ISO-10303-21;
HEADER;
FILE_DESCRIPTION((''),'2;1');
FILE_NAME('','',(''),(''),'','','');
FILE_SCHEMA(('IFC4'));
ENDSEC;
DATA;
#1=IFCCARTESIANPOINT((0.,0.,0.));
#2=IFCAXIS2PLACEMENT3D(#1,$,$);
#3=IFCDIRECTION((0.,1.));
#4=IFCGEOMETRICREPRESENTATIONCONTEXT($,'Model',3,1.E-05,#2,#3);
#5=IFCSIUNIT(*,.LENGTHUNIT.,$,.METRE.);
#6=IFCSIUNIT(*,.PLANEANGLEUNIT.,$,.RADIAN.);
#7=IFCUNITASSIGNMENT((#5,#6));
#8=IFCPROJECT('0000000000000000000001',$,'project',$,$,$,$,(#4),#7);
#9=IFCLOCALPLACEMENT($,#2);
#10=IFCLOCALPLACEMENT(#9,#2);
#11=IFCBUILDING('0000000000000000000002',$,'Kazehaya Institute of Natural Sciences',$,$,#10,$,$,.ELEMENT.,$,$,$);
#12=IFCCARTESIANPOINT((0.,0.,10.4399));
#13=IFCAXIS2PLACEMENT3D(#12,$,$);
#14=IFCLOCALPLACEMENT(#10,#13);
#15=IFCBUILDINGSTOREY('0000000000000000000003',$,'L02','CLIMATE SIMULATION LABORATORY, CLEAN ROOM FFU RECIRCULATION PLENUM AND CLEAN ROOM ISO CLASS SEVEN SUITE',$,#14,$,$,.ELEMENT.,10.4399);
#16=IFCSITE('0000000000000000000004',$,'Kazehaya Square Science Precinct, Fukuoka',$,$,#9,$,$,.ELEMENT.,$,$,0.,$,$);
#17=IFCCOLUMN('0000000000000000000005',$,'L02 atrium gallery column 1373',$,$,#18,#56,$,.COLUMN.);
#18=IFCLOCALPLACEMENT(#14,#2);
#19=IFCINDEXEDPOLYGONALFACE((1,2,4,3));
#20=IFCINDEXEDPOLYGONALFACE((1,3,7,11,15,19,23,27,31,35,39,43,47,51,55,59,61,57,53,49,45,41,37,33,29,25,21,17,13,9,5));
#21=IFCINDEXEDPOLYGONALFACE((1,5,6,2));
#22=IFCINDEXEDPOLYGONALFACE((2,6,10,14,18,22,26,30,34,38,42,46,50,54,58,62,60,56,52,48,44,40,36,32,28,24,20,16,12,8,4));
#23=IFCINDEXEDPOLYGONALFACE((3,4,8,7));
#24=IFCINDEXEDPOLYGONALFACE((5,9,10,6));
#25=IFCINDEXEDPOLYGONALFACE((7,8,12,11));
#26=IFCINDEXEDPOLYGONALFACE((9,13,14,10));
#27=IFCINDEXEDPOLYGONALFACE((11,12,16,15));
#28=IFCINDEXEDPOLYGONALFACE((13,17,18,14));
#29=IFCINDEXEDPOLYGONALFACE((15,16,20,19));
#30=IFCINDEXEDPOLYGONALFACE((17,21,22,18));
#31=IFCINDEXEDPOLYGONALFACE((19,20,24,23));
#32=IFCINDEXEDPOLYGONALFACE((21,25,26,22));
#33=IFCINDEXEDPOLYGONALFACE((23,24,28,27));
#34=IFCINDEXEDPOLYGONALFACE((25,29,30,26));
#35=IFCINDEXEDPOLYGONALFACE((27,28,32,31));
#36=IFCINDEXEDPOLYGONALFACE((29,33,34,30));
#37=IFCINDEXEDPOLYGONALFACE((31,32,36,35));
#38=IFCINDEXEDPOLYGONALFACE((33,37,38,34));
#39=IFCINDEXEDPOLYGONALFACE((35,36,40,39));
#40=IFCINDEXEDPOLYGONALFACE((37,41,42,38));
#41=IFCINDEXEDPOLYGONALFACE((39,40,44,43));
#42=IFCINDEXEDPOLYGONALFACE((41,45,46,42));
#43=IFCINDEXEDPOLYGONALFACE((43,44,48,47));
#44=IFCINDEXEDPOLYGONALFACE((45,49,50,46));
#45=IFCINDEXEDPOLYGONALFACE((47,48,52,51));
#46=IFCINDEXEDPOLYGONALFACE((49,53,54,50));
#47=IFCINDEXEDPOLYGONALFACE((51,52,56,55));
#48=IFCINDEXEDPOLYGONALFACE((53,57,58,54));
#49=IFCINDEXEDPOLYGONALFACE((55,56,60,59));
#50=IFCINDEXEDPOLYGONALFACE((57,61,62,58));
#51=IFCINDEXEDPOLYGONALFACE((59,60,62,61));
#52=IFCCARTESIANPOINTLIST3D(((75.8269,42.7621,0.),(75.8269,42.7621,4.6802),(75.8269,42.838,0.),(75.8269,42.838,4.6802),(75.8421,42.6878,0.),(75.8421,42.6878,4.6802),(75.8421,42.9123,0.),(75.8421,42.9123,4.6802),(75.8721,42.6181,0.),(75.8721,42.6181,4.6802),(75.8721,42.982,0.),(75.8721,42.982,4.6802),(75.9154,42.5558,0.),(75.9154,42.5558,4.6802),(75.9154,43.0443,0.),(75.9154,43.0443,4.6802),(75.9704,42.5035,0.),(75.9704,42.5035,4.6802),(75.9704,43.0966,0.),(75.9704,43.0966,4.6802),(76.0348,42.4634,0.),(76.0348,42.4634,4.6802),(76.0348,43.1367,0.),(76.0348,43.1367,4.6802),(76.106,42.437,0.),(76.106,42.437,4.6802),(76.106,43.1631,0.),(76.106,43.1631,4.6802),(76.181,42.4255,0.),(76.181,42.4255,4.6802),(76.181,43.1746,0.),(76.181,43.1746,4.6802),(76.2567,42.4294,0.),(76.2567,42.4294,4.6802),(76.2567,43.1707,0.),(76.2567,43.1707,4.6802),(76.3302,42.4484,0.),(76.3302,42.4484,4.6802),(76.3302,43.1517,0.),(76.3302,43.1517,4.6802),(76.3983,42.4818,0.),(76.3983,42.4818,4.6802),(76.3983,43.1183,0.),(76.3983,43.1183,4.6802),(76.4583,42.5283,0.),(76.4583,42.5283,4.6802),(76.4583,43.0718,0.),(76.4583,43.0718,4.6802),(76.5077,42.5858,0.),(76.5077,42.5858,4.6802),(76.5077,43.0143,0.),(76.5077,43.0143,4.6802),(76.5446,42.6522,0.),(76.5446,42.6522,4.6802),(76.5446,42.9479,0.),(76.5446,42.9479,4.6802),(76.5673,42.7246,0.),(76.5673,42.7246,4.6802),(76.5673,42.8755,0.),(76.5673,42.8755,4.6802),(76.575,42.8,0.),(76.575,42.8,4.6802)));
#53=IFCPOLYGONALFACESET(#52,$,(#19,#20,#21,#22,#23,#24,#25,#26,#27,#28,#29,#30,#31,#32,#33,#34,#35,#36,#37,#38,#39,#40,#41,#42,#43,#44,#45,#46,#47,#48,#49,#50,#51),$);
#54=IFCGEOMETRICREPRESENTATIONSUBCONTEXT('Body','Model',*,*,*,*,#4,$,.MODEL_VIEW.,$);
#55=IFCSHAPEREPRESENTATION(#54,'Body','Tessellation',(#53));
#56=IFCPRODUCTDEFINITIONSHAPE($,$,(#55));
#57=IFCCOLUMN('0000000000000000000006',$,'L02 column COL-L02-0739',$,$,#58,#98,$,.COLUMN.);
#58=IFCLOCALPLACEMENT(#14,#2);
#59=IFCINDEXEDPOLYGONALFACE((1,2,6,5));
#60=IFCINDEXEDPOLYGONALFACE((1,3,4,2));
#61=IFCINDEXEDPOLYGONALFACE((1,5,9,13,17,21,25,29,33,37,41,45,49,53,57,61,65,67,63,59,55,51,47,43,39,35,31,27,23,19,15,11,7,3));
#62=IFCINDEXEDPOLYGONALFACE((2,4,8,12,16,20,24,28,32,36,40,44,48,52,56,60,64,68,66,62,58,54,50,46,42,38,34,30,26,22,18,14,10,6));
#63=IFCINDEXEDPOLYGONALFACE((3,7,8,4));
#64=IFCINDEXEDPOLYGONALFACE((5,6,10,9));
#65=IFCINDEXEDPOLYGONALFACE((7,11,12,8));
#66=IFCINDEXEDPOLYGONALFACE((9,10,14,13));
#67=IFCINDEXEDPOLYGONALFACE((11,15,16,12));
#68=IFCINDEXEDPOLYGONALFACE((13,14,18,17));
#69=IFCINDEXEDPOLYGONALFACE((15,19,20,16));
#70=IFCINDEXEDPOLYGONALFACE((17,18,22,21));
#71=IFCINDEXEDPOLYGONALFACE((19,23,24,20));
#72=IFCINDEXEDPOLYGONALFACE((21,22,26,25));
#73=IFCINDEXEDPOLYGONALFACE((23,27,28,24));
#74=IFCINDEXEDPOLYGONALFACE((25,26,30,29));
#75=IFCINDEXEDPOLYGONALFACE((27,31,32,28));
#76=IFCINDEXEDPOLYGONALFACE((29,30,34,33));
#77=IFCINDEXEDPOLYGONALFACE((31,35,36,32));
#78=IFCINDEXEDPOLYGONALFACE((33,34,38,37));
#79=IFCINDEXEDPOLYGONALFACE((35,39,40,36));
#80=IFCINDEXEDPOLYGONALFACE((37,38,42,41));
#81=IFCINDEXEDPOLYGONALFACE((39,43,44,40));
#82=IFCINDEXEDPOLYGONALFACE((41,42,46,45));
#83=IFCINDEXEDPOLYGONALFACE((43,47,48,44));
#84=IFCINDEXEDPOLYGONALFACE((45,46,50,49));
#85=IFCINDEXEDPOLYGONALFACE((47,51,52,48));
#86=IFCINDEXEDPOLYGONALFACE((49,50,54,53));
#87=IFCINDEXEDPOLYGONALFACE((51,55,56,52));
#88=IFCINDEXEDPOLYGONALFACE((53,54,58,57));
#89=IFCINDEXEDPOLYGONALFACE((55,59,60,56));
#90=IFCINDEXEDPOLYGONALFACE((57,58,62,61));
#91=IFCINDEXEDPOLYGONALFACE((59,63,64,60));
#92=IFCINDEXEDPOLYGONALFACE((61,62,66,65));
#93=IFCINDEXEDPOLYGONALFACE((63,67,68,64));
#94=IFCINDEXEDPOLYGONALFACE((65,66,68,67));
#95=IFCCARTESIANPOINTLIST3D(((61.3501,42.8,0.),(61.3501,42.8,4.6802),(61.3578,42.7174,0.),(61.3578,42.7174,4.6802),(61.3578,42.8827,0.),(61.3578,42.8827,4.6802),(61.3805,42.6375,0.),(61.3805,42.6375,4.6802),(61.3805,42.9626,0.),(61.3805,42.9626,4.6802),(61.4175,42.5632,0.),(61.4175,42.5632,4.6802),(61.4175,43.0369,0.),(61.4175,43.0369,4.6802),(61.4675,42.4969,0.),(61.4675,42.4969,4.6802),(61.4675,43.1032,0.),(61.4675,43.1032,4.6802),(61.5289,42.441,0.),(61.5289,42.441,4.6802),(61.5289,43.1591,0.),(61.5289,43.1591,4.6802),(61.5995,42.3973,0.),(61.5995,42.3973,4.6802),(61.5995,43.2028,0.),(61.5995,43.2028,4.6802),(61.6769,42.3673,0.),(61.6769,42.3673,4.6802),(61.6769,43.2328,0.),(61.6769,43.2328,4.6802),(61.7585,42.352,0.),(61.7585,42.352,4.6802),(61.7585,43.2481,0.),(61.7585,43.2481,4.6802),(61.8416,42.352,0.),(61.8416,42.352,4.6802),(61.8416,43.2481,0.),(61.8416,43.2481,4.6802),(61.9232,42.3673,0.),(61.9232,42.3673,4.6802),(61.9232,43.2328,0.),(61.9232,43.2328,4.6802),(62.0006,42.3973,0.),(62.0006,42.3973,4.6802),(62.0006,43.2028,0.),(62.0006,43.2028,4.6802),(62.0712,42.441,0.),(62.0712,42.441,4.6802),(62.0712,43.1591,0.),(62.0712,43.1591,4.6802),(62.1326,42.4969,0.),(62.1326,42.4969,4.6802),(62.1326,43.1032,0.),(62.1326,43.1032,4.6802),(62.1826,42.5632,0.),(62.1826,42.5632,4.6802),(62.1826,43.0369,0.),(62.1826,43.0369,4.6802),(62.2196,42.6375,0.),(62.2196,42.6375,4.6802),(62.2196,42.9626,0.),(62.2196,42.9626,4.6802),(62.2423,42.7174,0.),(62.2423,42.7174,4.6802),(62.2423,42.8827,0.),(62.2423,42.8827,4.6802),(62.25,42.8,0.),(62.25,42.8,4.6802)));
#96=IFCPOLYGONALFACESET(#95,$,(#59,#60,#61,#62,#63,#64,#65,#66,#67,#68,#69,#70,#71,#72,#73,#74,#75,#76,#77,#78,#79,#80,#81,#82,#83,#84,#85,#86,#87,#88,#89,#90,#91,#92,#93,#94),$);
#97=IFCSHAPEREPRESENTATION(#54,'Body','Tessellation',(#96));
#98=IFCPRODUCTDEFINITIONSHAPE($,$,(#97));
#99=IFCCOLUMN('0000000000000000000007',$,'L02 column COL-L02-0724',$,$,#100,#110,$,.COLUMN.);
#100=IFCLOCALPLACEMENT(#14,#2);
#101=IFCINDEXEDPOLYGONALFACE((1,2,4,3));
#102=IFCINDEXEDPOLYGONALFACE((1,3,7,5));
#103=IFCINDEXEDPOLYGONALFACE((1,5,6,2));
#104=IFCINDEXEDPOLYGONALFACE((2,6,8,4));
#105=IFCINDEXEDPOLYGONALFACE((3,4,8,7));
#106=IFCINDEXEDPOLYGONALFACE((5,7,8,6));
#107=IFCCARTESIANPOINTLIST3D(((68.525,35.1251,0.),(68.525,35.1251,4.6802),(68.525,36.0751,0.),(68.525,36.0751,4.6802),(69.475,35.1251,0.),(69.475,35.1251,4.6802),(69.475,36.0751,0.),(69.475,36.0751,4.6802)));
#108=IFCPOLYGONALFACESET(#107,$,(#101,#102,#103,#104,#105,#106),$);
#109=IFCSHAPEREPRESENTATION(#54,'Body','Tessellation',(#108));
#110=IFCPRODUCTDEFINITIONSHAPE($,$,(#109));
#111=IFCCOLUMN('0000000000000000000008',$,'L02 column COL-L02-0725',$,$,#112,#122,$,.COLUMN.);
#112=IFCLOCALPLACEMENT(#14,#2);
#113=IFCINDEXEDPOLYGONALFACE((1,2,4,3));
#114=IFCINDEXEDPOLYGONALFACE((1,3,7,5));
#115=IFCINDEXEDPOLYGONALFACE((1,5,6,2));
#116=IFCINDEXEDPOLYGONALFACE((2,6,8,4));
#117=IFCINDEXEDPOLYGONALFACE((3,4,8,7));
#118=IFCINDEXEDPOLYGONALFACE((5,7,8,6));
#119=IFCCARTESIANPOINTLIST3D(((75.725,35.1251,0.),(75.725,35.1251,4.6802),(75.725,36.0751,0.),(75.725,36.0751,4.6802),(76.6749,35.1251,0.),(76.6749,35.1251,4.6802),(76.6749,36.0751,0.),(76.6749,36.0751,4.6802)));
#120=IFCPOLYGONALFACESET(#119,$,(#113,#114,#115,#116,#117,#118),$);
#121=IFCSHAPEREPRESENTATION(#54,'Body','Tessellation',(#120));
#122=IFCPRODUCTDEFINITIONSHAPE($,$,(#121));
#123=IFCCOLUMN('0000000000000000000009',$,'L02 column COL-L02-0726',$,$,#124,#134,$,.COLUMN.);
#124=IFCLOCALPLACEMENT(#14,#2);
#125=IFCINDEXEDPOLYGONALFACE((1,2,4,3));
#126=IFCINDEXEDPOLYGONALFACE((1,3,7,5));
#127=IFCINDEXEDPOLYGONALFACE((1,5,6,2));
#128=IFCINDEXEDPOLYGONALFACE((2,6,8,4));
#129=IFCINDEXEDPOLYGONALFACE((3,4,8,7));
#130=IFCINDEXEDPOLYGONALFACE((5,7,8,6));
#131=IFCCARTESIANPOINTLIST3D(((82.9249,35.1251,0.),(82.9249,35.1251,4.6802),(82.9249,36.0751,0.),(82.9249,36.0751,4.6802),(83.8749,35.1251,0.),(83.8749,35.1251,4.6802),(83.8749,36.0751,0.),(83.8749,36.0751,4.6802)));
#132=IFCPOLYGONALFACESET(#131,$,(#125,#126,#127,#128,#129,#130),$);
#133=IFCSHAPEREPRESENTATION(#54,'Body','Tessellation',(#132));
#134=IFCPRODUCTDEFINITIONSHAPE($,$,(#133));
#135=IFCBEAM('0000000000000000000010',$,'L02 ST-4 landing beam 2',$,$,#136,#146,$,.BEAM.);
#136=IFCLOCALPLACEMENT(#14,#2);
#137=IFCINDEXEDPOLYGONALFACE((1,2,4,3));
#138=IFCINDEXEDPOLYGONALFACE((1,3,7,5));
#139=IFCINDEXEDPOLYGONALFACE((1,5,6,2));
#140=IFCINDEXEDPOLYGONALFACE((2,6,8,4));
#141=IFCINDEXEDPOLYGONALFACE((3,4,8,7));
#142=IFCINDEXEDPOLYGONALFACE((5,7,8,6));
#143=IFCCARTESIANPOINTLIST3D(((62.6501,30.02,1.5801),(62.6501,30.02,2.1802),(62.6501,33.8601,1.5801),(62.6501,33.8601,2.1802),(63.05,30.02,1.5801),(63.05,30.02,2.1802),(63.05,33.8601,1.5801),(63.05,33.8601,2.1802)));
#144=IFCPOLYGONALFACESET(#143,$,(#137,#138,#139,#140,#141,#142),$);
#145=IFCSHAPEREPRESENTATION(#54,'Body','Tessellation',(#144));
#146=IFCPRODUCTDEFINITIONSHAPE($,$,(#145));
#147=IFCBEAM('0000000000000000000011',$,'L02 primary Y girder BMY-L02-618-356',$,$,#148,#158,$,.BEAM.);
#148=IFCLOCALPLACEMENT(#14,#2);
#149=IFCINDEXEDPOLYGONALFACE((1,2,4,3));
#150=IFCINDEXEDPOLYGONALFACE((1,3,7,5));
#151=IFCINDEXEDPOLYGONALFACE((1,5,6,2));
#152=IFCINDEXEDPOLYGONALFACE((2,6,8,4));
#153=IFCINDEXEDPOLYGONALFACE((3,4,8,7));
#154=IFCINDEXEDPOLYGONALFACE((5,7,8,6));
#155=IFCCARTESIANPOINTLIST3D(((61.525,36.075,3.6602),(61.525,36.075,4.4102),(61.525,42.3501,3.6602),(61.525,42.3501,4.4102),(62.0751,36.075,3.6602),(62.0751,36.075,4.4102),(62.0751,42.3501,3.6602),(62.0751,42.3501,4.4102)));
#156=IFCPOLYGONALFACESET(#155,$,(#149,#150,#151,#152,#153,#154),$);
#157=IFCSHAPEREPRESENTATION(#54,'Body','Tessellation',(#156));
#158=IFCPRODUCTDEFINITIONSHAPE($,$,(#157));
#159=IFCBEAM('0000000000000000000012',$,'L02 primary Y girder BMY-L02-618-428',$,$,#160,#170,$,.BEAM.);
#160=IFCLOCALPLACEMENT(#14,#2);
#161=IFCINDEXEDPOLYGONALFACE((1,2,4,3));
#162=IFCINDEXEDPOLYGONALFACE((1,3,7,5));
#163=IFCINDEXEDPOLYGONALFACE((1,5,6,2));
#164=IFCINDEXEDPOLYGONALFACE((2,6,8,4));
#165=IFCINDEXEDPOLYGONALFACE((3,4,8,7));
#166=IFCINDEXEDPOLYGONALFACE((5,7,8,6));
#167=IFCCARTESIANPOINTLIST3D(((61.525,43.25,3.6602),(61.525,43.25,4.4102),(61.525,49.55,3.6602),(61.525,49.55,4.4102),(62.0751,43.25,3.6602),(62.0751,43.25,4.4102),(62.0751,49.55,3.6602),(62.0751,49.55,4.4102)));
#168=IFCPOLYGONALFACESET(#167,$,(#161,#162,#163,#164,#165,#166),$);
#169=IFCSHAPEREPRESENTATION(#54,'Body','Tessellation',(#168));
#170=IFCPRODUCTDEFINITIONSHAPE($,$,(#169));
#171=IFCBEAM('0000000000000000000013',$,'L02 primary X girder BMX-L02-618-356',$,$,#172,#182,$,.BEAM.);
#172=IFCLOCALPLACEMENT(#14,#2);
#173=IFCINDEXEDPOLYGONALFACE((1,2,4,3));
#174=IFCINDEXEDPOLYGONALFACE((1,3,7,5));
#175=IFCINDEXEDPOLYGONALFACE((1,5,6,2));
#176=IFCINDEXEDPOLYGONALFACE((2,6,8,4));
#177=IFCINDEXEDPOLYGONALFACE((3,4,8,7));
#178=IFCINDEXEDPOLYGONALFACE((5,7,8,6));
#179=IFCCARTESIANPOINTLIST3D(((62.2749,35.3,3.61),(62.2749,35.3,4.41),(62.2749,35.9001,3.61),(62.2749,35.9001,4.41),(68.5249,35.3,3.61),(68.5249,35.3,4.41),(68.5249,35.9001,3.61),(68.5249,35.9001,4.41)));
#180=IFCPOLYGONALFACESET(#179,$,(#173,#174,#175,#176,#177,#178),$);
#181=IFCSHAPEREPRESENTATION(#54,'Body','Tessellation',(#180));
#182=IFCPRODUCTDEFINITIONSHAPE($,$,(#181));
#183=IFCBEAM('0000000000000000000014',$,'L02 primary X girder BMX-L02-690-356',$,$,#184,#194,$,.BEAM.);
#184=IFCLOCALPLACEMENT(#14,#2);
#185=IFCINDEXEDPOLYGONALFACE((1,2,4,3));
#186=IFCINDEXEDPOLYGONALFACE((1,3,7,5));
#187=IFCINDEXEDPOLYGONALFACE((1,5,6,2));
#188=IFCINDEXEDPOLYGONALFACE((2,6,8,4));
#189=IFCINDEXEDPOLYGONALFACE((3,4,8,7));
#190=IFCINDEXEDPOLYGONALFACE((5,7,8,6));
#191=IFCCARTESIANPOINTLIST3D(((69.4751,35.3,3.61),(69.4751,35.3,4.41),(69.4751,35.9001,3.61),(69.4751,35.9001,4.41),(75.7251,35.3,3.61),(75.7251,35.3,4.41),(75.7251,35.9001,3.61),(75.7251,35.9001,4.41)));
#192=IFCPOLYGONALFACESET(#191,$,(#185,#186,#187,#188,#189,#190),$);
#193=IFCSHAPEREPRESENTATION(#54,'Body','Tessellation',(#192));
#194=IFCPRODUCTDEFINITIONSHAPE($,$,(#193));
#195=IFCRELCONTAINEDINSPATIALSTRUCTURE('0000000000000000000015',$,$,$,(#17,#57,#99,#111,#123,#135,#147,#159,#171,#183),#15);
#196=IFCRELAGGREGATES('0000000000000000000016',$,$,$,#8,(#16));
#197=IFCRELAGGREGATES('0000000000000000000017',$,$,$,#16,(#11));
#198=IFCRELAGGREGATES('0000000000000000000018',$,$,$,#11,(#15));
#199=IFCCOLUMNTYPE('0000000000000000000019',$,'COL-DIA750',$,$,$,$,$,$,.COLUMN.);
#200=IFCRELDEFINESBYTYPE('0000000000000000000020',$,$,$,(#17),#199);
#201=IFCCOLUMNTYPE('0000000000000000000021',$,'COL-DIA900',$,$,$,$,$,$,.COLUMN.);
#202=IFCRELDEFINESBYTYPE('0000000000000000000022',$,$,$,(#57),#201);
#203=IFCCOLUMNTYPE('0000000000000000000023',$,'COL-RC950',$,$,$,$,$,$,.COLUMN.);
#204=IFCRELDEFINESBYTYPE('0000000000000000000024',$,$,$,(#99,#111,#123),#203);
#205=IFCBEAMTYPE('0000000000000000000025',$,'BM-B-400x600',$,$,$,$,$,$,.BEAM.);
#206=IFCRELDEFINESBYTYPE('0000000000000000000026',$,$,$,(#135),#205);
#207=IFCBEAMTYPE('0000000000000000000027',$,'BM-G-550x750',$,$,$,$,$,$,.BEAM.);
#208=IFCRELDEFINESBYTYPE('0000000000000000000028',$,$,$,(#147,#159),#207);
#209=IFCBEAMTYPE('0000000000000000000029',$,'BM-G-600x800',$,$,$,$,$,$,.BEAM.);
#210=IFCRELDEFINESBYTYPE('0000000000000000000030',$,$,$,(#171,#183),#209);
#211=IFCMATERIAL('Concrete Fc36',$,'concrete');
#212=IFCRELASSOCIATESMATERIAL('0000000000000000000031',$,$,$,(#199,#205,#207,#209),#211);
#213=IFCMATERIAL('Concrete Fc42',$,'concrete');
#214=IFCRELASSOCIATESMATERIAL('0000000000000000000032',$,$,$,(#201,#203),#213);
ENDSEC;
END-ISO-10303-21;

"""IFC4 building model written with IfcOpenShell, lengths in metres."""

from ifc_helpers import new_model, si_unit, direction, frame, origin, origin_2d, place, context, subcontext, project, spatial, rectangle, circle, extrude, material, material_profile, profile_set, type_object, element, save


model = new_model("IFC4")

# Units and contexts
model_context = context("Model", 3, precision=1e-05, world=origin(), true_north=direction((0.0, 1.0)))
body_context = subcontext(model_context, "Body", "Model", "MODEL_VIEW")
ifc_project = project(units=[si_unit("LENGTHUNIT", "METRE"), si_unit("PLANEANGLEUNIT", "RADIAN")], contexts=[model_context])

# Site, building, storey
site_placement = place(None, origin())
site = spatial("IfcSite", under=ifc_project, at=site_placement, Name="Kazehaya Square Science Precinct, Fukuoka", CompositionType="ELEMENT", RefElevation=0.0)
building_placement = place(site_placement, origin())
building = spatial("IfcBuilding", under=site, at=building_placement, Name="Kazehaya Institute of Natural Sciences", CompositionType="ELEMENT")
storey_placement = place(building_placement, frame((0.0, 0.0, 10.4399)))
storey = spatial("IfcBuildingStorey", under=building, at=storey_placement, Name="L02", Description="CLIMATE SIMULATION LABORATORY, CLEAN ROOM FFU RECIRCULATION PLENUM AND CLEAN ROOM ISO CLASS SEVEN SUITE", CompositionType="ELEMENT", Elevation=10.4399)

# Columns
ifc_material_1 = material(Name="Concrete Fc36", Category="concrete")
ifc_material_profile_1 = material_profile(ifc_material_1, circle(Radius=0.375, at=origin_2d()), Name="RC-DIA750")
ifc_profile_set_1 = profile_set([ifc_material_profile_1], Name="Concrete Fc36")
column_type_1 = type_object("IfcColumnType", Name="COL-DIA750", PredefinedType="COLUMN", material=ifc_profile_set_1)
column_1_placement = place(storey_placement, frame((76.2, 42.8, 0.0), z_axis=(0.0, 0.0, 1.0), x_axis=(1.0, 0.0, 0.0)))
element("IfcColumn", 1, at=column_1_placement, inside=storey, type_object=column_type_1, Name="L02 atrium gallery column 1373", PredefinedType="COLUMN", context=body_context, shape_type="SweptSolid", body=[
    extrude(circle(Radius=0.375, at=origin_2d()), origin(), (0.0, 0.0, 1.0), 4.6802),
])
ifc_material_2 = material(Name="Concrete Fc42", Category="concrete")
ifc_material_profile_2 = material_profile(ifc_material_2, circle(Radius=0.45, at=origin_2d()), Name="RC-DIA900")
ifc_profile_set_2 = profile_set([ifc_material_profile_2], Name="Concrete Fc42")
column_type_2 = type_object("IfcColumnType", Name="COL-DIA900", PredefinedType="COLUMN", material=ifc_profile_set_2)
column_2_placement = place(storey_placement, frame((61.8, 42.8, 0.0), z_axis=(0.0, 0.0, 1.0), x_axis=(1.0, 0.0, 0.0)))
element("IfcColumn", 2, at=column_2_placement, inside=storey, type_object=column_type_2, Name="L02 column COL-L02-0739", PredefinedType="COLUMN", context=body_context, shape_type="SweptSolid", body=[
    extrude(circle(Radius=0.45, at=origin_2d()), origin(), (0.0, 0.0, 1.0), 4.6802),
])
ifc_material_profile_3 = material_profile(ifc_material_2, rectangle(XDim=0.95, YDim=0.95, at=origin_2d()), Name="RC-950x950")
ifc_profile_set_3 = profile_set([ifc_material_profile_3], Name="Concrete Fc42")
column_type_3 = type_object("IfcColumnType", Name="COL-RC950", PredefinedType="COLUMN", material=ifc_profile_set_3)
for number, where, z_axis, x_axis, name in (
    (3, (69.0, 35.6001, 0.0), (0.0, 0.0, 1.0), (1.0, 0.0, 0.0), "L02 column COL-L02-0724"),
    (4, (76.2, 35.6001, 0.0), (0.0, 0.0, 1.0), (1.0, 0.0, 0.0), "L02 column COL-L02-0725"),
    (5, (83.3999, 35.6001, 0.0), (0.0, 0.0, 1.0), (1.0, 0.0, 0.0), "L02 column COL-L02-0726"),
):
    element("IfcColumn", number, at=place(storey_placement, frame(where, z_axis=z_axis, x_axis=x_axis)), inside=storey, type_object=column_type_3, Name=name, PredefinedType="COLUMN", context=body_context, shape_type="SweptSolid", body=[
        extrude(rectangle(XDim=0.95, YDim=0.95, at=origin_2d()), origin(), (0.0, 0.0, 1.0), 4.6802),
    ])

# Beams
ifc_material_profile_4 = material_profile(ifc_material_1, rectangle(XDim=0.3999, YDim=0.6001, at=origin_2d()), Name="RC-400x600")
ifc_profile_set_4 = profile_set([ifc_material_profile_4], Name="Concrete Fc36")
beam_type_1 = type_object("IfcBeamType", Name="BM-B-400x600", PredefinedType="BEAM", material=ifc_profile_set_4)
beam_1_placement = place(storey_placement, frame((62.8501, 30.02, 1.8801), z_axis=(0.0, 1.0, 0.0), x_axis=(-1.0, 0.0, 0.0)))
element("IfcBeam", 6, at=beam_1_placement, inside=storey, type_object=beam_type_1, Name="L02 ST-4 landing beam 2", PredefinedType="BEAM", context=body_context, shape_type="SweptSolid", body=[
    extrude(rectangle(XDim=0.3999, YDim=0.6001, at=origin_2d()), origin(), (0.0, 0.0, 1.0), 3.8401),
])
ifc_material_profile_5 = material_profile(ifc_material_1, rectangle(XDim=0.55, YDim=0.75, at=origin_2d()), Name="RC-550x750")
ifc_profile_set_5 = profile_set([ifc_material_profile_5], Name="Concrete Fc36")
beam_type_2 = type_object("IfcBeamType", Name="BM-G-550x750", PredefinedType="BEAM", material=ifc_profile_set_5)
beam_2_placement = place(storey_placement, frame((61.8, 36.075, 4.0352), z_axis=(0.0, 1.0, 0.0), x_axis=(-1.0, 0.0, 0.0)))
element("IfcBeam", 7, at=beam_2_placement, inside=storey, type_object=beam_type_2, Name="L02 primary Y girder BMY-L02-618-356", PredefinedType="BEAM", context=body_context, shape_type="SweptSolid", body=[
    extrude(rectangle(XDim=0.55, YDim=0.75, at=origin_2d()), origin(), (0.0, 0.0, 1.0), 6.2751),
])
beam_3_placement = place(storey_placement, frame((61.8, 43.25, 4.0352), z_axis=(0.0, 1.0, 0.0), x_axis=(-1.0, 0.0, 0.0)))
element("IfcBeam", 8, at=beam_3_placement, inside=storey, type_object=beam_type_2, Name="L02 primary Y girder BMY-L02-618-428", PredefinedType="BEAM", context=body_context, shape_type="SweptSolid", body=[
    extrude(rectangle(XDim=0.55, YDim=0.75, at=origin_2d()), origin(), (0.0, 0.0, 1.0), 6.3),
])
ifc_material_profile_6 = material_profile(ifc_material_1, rectangle(XDim=0.6001, YDim=0.8, at=origin_2d()), Name="RC-600x800")
ifc_profile_set_6 = profile_set([ifc_material_profile_6], Name="Concrete Fc36")
beam_type_3 = type_object("IfcBeamType", Name="BM-G-600x800", PredefinedType="BEAM", material=ifc_profile_set_6)
for number, where, z_axis, x_axis, name in (
    (9, (62.2749, 35.6001, 4.01), (1.0, 0.0, 0.0), (0.0, 1.0, 0.0), "L02 primary X girder BMX-L02-618-356"),
    (10, (69.4751, 35.6001, 4.01), (1.0, 0.0, 0.0), (0.0, 1.0, 0.0), "L02 primary X girder BMX-L02-690-356"),
):
    element("IfcBeam", number, at=place(storey_placement, frame(where, z_axis=z_axis, x_axis=x_axis)), inside=storey, type_object=beam_type_3, Name=name, PredefinedType="BEAM", context=body_context, shape_type="SweptSolid", body=[
        extrude(rectangle(XDim=0.6001, YDim=0.8, at=origin_2d()), origin(), (0.0, 0.0, 1.0), 6.25),
    ])

save(model, "model.ifc")
